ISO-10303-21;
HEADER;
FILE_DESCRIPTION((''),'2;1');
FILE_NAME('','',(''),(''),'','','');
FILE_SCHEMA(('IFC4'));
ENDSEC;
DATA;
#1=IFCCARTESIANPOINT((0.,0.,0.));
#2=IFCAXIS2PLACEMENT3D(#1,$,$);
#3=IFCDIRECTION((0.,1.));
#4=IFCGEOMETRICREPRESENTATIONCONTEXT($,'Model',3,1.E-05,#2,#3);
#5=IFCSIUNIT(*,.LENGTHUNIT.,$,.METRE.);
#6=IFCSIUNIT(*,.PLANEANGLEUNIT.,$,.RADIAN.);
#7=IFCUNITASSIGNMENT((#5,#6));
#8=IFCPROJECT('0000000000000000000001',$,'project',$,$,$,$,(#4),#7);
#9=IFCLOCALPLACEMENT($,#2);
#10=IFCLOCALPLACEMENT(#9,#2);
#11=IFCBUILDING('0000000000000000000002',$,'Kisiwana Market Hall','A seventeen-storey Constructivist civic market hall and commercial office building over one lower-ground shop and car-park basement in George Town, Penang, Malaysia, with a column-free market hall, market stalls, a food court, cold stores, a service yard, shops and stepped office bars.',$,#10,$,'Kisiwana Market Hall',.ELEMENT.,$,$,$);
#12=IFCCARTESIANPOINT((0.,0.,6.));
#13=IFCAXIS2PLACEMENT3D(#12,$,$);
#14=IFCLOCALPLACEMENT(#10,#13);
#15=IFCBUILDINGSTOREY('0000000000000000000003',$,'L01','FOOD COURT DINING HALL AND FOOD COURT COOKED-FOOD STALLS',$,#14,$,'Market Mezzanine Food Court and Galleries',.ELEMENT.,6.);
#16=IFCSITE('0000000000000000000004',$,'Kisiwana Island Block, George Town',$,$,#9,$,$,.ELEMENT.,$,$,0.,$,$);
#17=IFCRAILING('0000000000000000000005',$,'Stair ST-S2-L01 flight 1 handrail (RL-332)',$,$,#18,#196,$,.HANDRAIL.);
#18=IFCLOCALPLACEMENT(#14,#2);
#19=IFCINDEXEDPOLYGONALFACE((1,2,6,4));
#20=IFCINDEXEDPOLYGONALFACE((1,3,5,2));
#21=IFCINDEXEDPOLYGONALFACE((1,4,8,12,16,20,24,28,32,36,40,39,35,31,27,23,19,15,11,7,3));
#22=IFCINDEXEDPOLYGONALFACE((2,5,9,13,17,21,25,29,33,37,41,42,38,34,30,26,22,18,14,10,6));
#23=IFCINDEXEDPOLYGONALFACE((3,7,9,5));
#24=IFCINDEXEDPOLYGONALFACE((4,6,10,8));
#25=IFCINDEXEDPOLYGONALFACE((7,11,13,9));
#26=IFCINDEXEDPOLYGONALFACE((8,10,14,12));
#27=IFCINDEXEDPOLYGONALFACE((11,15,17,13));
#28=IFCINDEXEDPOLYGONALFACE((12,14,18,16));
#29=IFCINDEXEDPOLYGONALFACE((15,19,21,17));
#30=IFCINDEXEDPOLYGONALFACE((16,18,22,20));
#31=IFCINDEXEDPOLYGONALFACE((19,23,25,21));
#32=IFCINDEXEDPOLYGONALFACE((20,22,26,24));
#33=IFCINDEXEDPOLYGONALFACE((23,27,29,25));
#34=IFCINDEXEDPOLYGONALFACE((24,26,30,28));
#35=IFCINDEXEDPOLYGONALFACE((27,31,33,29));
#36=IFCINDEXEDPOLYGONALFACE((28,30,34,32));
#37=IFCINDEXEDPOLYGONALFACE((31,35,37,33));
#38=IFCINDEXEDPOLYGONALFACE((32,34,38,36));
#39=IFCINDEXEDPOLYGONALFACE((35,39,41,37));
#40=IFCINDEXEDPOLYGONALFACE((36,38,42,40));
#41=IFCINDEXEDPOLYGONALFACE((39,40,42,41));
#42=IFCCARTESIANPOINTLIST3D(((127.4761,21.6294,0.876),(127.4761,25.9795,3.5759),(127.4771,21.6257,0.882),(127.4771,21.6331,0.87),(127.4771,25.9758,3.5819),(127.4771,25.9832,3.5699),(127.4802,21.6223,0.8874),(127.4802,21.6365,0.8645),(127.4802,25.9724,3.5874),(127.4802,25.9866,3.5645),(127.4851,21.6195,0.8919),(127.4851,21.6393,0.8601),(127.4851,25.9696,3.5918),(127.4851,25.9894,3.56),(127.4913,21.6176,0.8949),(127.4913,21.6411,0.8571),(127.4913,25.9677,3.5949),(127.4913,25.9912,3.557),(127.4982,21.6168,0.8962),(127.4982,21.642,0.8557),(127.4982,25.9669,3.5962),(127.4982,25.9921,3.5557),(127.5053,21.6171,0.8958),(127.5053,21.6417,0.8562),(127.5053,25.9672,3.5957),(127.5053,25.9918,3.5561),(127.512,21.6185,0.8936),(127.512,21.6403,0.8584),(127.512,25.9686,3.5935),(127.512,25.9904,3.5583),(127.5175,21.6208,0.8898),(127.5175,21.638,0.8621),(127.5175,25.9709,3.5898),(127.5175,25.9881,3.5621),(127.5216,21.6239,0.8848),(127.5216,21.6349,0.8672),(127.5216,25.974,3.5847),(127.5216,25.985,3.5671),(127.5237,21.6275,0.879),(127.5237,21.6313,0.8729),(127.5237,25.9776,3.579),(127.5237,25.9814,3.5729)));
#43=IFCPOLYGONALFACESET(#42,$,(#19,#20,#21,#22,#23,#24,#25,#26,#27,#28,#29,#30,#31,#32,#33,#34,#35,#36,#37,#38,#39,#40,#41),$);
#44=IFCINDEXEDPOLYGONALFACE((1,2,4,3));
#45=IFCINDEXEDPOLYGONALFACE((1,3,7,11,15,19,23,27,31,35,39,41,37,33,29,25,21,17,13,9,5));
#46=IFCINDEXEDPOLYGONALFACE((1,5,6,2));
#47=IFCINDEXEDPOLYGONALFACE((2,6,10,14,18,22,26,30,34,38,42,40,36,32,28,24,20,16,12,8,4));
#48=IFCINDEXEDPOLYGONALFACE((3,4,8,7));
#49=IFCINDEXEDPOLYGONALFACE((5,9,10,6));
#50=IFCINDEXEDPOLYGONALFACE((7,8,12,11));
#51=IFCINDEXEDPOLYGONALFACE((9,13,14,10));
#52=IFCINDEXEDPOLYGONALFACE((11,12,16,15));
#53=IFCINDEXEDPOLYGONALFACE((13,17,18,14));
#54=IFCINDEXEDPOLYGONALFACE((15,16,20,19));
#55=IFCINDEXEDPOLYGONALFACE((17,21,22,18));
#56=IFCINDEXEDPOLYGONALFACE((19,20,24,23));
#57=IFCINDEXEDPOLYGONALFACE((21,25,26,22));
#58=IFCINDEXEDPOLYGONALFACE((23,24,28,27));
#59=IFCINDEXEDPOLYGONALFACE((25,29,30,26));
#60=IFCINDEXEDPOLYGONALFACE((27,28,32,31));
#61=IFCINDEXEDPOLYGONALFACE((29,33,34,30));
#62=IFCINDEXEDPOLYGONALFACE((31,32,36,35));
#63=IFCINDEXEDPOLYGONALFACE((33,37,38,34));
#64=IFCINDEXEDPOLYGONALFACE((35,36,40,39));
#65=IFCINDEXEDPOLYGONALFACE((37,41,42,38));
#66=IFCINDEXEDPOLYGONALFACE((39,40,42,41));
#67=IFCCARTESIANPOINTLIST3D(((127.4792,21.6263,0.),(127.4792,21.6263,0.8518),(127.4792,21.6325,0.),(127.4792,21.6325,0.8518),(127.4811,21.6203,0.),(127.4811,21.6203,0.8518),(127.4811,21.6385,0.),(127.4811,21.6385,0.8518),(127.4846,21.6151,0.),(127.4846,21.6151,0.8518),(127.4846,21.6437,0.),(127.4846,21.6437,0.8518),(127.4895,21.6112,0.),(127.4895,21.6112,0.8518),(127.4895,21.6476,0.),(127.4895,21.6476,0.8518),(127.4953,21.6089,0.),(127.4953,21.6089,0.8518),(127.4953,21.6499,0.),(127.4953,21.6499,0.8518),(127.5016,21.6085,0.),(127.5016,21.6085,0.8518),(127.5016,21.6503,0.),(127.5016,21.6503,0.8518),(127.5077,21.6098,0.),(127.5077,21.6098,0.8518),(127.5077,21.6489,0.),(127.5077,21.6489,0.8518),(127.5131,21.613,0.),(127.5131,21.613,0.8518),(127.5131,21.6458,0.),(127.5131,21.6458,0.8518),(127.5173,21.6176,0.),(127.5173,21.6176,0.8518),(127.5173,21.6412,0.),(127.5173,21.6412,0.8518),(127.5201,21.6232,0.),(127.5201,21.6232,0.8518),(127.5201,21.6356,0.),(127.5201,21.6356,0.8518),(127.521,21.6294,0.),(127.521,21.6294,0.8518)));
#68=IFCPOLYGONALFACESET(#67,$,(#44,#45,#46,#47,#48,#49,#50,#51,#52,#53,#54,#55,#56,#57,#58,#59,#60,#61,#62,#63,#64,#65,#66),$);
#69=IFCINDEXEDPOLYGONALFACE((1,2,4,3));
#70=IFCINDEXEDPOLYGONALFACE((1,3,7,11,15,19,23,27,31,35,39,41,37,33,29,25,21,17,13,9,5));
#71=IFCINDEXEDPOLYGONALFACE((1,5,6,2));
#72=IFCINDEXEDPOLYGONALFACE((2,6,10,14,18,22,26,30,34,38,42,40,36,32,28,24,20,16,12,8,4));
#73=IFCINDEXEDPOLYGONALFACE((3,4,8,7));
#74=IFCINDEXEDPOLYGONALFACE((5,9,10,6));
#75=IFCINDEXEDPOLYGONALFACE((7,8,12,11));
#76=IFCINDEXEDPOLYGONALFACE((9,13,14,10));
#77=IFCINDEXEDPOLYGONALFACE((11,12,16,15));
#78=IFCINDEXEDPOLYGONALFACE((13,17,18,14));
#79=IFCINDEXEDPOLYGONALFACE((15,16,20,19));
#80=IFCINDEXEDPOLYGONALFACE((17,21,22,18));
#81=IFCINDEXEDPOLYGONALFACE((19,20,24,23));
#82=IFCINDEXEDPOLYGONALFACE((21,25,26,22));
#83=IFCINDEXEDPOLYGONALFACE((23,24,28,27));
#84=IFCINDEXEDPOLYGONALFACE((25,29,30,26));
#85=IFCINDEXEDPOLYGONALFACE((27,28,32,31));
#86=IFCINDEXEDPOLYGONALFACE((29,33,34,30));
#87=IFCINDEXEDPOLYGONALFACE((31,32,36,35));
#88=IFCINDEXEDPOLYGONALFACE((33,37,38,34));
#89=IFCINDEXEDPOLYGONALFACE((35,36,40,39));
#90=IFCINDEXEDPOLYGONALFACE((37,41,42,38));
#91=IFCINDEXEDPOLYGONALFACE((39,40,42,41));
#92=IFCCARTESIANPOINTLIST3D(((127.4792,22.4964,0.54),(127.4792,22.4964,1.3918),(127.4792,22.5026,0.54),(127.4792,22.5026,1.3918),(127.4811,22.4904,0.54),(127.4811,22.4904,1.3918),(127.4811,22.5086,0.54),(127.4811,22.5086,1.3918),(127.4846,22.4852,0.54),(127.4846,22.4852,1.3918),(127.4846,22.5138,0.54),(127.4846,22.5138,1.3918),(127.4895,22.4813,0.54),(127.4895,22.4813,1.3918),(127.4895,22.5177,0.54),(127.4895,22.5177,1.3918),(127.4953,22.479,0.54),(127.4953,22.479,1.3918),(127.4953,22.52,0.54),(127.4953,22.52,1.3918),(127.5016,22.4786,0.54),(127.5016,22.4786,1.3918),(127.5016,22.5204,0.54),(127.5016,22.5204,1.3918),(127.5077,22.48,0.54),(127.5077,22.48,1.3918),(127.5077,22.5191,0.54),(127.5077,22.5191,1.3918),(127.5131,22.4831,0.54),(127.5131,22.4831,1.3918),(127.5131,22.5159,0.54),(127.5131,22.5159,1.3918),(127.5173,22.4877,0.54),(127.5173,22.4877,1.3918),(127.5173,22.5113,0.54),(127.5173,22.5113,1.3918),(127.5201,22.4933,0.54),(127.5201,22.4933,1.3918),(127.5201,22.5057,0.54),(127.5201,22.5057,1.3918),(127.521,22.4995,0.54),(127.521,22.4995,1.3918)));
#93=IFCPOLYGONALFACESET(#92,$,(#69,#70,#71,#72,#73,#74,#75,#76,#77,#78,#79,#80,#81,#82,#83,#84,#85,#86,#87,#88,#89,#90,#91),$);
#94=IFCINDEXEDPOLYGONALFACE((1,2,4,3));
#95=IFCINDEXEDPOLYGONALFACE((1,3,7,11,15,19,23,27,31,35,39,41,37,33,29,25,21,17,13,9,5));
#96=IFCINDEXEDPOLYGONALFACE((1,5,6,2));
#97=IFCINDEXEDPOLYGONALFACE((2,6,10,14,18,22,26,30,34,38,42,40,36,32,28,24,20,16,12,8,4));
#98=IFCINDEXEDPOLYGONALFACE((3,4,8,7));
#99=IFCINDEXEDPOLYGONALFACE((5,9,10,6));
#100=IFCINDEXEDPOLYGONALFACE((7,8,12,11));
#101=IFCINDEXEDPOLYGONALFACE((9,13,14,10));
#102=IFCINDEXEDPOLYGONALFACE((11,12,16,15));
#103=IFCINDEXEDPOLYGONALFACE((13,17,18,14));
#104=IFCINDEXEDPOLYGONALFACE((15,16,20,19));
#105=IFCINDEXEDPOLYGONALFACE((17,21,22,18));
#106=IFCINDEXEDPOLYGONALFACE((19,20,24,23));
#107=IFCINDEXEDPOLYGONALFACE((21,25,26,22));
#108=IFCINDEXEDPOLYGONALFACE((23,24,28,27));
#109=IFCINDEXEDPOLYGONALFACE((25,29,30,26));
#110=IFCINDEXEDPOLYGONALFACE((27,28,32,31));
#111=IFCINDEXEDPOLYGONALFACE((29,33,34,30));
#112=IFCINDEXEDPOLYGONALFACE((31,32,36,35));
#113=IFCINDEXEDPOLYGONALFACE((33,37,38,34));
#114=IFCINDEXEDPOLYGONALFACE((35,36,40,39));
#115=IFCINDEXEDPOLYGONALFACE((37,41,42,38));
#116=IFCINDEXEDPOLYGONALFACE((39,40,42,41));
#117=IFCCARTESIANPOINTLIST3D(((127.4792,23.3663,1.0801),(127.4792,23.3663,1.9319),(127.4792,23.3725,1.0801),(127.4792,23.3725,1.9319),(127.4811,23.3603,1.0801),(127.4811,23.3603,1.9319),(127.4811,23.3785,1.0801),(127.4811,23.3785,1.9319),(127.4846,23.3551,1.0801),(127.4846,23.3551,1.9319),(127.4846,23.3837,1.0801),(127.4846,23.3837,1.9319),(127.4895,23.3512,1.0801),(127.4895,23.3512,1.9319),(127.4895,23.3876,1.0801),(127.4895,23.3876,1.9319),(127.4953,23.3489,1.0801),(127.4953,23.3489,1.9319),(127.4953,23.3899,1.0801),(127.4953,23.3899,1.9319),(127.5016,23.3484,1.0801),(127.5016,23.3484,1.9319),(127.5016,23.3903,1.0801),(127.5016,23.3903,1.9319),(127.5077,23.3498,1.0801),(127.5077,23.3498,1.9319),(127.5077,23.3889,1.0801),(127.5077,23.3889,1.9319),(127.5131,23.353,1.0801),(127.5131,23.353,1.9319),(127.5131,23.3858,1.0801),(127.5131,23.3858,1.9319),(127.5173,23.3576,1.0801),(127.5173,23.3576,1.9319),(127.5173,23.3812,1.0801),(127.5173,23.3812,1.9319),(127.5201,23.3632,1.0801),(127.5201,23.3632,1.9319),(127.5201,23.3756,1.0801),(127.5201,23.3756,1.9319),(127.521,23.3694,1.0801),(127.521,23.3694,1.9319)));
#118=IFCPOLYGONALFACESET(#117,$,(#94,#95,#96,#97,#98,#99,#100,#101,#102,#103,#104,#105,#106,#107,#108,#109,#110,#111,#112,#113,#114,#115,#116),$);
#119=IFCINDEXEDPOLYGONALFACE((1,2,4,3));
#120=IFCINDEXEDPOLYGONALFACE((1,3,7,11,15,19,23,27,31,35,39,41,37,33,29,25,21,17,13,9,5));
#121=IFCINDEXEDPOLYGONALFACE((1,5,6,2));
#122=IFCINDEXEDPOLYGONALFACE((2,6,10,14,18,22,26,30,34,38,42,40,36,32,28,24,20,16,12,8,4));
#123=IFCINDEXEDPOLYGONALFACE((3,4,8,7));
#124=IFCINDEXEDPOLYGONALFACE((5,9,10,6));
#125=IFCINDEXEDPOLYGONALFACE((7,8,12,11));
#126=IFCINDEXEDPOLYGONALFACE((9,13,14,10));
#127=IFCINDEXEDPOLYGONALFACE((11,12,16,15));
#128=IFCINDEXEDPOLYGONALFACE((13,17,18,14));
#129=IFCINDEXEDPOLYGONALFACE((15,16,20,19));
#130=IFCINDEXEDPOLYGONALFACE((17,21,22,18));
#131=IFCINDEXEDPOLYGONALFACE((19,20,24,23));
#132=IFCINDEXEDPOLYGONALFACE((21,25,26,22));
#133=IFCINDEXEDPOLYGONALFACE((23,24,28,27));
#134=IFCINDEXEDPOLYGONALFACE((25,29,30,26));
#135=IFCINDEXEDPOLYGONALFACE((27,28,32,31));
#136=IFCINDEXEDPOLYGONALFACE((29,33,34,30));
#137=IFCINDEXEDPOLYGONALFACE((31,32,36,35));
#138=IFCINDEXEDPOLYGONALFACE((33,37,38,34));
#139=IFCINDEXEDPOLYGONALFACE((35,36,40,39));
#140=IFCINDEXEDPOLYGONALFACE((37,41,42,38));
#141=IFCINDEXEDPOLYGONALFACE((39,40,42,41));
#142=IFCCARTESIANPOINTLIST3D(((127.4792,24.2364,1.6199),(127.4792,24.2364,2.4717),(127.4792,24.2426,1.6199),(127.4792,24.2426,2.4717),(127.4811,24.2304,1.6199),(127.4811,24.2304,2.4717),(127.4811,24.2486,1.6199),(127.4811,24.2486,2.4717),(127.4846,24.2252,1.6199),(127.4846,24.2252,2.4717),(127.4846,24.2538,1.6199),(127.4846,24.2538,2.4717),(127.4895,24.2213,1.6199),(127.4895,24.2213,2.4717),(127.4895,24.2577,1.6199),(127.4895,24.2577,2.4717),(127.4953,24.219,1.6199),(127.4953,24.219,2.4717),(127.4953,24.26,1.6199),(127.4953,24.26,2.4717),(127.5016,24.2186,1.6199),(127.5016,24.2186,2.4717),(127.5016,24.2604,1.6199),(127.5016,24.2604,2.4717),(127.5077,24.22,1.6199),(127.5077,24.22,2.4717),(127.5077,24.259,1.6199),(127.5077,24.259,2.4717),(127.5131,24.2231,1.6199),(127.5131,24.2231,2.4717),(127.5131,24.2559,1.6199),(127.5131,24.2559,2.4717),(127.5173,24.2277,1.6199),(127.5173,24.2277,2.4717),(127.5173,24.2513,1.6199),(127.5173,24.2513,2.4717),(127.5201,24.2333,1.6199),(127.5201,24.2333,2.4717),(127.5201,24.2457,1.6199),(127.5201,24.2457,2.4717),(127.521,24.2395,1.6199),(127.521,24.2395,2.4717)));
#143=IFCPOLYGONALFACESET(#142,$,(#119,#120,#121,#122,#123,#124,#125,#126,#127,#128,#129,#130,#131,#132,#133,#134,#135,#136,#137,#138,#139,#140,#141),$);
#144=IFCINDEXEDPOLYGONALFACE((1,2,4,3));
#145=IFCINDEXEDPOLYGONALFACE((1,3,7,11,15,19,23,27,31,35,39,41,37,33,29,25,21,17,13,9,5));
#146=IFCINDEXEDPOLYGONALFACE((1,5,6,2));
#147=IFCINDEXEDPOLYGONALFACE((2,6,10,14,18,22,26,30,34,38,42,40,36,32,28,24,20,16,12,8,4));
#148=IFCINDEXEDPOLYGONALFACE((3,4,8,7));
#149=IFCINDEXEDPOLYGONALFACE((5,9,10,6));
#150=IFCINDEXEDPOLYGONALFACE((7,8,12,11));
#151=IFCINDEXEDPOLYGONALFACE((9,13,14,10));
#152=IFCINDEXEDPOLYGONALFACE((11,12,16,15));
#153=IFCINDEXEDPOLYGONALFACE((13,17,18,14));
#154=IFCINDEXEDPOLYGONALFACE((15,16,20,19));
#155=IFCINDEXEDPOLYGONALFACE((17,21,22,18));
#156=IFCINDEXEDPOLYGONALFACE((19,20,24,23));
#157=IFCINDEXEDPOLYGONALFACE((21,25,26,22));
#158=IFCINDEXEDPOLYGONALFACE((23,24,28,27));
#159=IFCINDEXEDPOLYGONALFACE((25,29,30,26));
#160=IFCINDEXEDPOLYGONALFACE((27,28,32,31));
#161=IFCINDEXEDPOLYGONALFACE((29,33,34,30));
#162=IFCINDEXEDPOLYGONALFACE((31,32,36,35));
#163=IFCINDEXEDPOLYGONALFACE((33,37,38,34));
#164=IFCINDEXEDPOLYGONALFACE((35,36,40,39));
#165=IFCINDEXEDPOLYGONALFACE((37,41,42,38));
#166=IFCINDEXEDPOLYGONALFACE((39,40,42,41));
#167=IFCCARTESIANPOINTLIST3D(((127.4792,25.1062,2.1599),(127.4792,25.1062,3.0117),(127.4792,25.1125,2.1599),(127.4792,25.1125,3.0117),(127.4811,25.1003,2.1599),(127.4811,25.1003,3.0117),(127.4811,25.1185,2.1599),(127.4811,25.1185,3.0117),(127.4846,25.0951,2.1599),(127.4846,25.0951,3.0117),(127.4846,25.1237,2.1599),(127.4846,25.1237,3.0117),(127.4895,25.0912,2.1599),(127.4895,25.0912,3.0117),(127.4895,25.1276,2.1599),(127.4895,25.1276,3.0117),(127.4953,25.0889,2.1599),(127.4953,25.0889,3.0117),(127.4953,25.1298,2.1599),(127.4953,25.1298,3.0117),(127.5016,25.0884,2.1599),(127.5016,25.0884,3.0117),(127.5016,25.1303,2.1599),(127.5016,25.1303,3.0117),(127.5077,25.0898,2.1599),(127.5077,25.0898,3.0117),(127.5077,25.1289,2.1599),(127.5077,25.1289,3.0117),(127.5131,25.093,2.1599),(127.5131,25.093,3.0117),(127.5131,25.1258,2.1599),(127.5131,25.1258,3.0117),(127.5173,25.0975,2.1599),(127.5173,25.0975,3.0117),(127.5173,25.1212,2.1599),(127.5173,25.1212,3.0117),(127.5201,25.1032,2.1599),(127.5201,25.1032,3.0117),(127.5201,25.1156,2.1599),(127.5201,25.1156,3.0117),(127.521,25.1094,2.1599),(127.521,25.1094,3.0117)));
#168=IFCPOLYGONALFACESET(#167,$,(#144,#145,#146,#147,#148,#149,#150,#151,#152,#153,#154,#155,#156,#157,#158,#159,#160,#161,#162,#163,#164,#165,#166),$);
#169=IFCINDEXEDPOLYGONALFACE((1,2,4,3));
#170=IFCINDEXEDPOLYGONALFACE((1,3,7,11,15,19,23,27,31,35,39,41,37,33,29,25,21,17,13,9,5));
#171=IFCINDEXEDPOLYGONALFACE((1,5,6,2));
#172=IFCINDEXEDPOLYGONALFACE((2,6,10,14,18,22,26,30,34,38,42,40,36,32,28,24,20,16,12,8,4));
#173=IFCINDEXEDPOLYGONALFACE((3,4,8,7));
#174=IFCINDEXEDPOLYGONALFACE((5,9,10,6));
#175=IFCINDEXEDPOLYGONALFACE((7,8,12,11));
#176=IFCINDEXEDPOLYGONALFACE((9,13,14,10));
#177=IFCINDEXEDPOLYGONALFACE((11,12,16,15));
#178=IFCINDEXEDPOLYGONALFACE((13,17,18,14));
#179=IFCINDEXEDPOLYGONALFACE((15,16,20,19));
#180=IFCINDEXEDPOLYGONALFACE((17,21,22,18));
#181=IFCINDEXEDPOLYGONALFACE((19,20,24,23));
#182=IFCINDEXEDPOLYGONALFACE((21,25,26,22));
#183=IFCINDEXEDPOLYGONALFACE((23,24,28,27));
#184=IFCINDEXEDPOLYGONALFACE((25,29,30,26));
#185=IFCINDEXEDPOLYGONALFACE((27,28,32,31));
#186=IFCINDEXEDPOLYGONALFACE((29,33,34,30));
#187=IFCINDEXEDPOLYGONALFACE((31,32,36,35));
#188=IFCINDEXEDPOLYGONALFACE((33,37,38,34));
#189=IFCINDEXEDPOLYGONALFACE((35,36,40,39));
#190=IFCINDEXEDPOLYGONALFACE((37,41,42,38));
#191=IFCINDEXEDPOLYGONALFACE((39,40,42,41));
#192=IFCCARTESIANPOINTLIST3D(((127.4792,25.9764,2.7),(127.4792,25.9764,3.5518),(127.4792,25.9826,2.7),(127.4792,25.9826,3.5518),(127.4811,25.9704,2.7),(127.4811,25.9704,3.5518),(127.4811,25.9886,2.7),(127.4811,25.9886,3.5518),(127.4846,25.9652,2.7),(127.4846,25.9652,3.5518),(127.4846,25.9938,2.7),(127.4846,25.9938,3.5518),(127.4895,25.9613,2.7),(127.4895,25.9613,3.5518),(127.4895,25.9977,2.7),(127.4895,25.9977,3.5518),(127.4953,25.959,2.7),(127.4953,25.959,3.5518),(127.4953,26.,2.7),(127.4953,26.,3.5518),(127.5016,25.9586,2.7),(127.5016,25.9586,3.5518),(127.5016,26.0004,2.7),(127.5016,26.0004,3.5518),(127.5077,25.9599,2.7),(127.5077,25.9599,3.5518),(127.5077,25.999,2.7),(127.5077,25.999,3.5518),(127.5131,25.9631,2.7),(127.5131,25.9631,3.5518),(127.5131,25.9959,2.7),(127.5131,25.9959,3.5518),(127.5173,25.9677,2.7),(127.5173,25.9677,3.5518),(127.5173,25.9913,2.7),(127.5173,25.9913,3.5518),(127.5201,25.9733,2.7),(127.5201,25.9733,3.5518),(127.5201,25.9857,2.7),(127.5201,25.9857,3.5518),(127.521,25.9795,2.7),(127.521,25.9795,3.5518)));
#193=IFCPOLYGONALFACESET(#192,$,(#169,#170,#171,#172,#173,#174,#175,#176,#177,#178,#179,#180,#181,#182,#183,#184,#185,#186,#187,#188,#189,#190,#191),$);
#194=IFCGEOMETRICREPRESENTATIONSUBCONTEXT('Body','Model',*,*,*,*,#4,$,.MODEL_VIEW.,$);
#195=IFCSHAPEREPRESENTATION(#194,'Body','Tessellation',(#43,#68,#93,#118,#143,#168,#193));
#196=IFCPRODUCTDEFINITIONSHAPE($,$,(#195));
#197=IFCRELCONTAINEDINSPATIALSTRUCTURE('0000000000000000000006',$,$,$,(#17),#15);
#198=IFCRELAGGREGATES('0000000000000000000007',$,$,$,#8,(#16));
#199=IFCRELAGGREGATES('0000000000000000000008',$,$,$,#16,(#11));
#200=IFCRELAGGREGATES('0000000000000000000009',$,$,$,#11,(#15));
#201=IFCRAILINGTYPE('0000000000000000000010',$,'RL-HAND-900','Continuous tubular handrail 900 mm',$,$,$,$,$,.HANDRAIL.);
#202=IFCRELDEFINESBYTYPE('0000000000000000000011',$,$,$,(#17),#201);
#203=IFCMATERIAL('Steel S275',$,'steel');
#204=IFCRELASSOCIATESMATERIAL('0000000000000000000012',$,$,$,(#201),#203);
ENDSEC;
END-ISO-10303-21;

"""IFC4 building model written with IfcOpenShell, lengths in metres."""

from ifc_helpers import new_model, si_unit, direction, frame, origin, origin_2d, place, context, subcontext, project, spatial, circle, extrude, material, type_object, element, save


model = new_model("IFC4")

# Units and contexts
model_context = context("Model", 3, precision=1e-05, world=origin(), true_north=direction((0.0, 1.0)))
body_context = subcontext(model_context, "Body", "Model", "MODEL_VIEW")
ifc_project = project(units=[si_unit("LENGTHUNIT", "METRE"), si_unit("PLANEANGLEUNIT", "RADIAN")], contexts=[model_context])

# Site, building, storey
site_placement = place(None, origin())
site = spatial("IfcSite", under=ifc_project, at=site_placement, Name="Kisiwana Island Block, George Town", CompositionType="ELEMENT", RefElevation=0.0)
building_placement = place(site_placement, origin())
building = spatial("IfcBuilding", under=site, at=building_placement, Name="Kisiwana Market Hall", Description="A seventeen-storey Constructivist civic market hall and commercial office building over one lower-ground shop and car-park basement in George Town, Penang, Malaysia, with a column-free market hall, market stalls, a food court, cold stores, a service yard, shops and stepped office bars.", LongName="Kisiwana Market Hall", CompositionType="ELEMENT")
storey_placement = place(building_placement, frame((0.0, 0.0, 6.0)))
storey = spatial("IfcBuildingStorey", under=building, at=storey_placement, Name="L01", Description="FOOD COURT DINING HALL AND FOOD COURT COOKED-FOOD STALLS", LongName="Market Mezzanine Food Court and Galleries", CompositionType="ELEMENT", Elevation=6.0)

# Railing
ifc_material_1 = material(Name="Steel S275", Category="steel")
railing_type_1 = type_object("IfcRailingType", Name="RL-HAND-900", Description="Continuous tubular handrail 900 mm", PredefinedType="HANDRAIL", material=ifc_material_1)
railing_1_placement = place(storey_placement, frame((127.5, 21.6294, 0.0)))
element("IfcRailing", 1, at=railing_1_placement, inside=storey, type_object=railing_type_1, Name="Stair ST-S2-L01 flight 1 handrail (RL-332)", PredefinedType="HANDRAIL", context=body_context, shape_type="SweptSolid", body=[
    extrude(circle(Radius=0.0239, at=origin_2d()), frame((0.0, 0.0, 0.876), z_axis=(0.0, 0.84965, 0.527347), x_axis=(-1.0, 0.0, 0.0)), (0.0, 0.0, 1.0), 5.1199),
    extrude(circle(Radius=0.021, at=origin_2d()), origin(), (0.0, 0.0, 1.0), 0.8518),
    extrude(circle(Radius=0.021, at=origin_2d()), frame((0.0, 0.8701, 0.54)), (0.0, 0.0, 1.0), 0.8518),
    extrude(circle(Radius=0.021, at=origin_2d()), frame((0.0, 1.74, 1.0801)), (0.0, 0.0, 1.0), 0.8518),
    extrude(circle(Radius=0.021, at=origin_2d()), frame((0.0, 2.6101, 1.6199)), (0.0, 0.0, 1.0), 0.8518),
    extrude(circle(Radius=0.021, at=origin_2d()), frame((0.0, 3.48, 2.1599)), (0.0, 0.0, 1.0), 0.8518),
    extrude(circle(Radius=0.021, at=origin_2d()), frame((0.0, 4.3501, 2.7)), (0.0, 0.0, 1.0), 0.8518),
])

save(model, "model.ifc")
